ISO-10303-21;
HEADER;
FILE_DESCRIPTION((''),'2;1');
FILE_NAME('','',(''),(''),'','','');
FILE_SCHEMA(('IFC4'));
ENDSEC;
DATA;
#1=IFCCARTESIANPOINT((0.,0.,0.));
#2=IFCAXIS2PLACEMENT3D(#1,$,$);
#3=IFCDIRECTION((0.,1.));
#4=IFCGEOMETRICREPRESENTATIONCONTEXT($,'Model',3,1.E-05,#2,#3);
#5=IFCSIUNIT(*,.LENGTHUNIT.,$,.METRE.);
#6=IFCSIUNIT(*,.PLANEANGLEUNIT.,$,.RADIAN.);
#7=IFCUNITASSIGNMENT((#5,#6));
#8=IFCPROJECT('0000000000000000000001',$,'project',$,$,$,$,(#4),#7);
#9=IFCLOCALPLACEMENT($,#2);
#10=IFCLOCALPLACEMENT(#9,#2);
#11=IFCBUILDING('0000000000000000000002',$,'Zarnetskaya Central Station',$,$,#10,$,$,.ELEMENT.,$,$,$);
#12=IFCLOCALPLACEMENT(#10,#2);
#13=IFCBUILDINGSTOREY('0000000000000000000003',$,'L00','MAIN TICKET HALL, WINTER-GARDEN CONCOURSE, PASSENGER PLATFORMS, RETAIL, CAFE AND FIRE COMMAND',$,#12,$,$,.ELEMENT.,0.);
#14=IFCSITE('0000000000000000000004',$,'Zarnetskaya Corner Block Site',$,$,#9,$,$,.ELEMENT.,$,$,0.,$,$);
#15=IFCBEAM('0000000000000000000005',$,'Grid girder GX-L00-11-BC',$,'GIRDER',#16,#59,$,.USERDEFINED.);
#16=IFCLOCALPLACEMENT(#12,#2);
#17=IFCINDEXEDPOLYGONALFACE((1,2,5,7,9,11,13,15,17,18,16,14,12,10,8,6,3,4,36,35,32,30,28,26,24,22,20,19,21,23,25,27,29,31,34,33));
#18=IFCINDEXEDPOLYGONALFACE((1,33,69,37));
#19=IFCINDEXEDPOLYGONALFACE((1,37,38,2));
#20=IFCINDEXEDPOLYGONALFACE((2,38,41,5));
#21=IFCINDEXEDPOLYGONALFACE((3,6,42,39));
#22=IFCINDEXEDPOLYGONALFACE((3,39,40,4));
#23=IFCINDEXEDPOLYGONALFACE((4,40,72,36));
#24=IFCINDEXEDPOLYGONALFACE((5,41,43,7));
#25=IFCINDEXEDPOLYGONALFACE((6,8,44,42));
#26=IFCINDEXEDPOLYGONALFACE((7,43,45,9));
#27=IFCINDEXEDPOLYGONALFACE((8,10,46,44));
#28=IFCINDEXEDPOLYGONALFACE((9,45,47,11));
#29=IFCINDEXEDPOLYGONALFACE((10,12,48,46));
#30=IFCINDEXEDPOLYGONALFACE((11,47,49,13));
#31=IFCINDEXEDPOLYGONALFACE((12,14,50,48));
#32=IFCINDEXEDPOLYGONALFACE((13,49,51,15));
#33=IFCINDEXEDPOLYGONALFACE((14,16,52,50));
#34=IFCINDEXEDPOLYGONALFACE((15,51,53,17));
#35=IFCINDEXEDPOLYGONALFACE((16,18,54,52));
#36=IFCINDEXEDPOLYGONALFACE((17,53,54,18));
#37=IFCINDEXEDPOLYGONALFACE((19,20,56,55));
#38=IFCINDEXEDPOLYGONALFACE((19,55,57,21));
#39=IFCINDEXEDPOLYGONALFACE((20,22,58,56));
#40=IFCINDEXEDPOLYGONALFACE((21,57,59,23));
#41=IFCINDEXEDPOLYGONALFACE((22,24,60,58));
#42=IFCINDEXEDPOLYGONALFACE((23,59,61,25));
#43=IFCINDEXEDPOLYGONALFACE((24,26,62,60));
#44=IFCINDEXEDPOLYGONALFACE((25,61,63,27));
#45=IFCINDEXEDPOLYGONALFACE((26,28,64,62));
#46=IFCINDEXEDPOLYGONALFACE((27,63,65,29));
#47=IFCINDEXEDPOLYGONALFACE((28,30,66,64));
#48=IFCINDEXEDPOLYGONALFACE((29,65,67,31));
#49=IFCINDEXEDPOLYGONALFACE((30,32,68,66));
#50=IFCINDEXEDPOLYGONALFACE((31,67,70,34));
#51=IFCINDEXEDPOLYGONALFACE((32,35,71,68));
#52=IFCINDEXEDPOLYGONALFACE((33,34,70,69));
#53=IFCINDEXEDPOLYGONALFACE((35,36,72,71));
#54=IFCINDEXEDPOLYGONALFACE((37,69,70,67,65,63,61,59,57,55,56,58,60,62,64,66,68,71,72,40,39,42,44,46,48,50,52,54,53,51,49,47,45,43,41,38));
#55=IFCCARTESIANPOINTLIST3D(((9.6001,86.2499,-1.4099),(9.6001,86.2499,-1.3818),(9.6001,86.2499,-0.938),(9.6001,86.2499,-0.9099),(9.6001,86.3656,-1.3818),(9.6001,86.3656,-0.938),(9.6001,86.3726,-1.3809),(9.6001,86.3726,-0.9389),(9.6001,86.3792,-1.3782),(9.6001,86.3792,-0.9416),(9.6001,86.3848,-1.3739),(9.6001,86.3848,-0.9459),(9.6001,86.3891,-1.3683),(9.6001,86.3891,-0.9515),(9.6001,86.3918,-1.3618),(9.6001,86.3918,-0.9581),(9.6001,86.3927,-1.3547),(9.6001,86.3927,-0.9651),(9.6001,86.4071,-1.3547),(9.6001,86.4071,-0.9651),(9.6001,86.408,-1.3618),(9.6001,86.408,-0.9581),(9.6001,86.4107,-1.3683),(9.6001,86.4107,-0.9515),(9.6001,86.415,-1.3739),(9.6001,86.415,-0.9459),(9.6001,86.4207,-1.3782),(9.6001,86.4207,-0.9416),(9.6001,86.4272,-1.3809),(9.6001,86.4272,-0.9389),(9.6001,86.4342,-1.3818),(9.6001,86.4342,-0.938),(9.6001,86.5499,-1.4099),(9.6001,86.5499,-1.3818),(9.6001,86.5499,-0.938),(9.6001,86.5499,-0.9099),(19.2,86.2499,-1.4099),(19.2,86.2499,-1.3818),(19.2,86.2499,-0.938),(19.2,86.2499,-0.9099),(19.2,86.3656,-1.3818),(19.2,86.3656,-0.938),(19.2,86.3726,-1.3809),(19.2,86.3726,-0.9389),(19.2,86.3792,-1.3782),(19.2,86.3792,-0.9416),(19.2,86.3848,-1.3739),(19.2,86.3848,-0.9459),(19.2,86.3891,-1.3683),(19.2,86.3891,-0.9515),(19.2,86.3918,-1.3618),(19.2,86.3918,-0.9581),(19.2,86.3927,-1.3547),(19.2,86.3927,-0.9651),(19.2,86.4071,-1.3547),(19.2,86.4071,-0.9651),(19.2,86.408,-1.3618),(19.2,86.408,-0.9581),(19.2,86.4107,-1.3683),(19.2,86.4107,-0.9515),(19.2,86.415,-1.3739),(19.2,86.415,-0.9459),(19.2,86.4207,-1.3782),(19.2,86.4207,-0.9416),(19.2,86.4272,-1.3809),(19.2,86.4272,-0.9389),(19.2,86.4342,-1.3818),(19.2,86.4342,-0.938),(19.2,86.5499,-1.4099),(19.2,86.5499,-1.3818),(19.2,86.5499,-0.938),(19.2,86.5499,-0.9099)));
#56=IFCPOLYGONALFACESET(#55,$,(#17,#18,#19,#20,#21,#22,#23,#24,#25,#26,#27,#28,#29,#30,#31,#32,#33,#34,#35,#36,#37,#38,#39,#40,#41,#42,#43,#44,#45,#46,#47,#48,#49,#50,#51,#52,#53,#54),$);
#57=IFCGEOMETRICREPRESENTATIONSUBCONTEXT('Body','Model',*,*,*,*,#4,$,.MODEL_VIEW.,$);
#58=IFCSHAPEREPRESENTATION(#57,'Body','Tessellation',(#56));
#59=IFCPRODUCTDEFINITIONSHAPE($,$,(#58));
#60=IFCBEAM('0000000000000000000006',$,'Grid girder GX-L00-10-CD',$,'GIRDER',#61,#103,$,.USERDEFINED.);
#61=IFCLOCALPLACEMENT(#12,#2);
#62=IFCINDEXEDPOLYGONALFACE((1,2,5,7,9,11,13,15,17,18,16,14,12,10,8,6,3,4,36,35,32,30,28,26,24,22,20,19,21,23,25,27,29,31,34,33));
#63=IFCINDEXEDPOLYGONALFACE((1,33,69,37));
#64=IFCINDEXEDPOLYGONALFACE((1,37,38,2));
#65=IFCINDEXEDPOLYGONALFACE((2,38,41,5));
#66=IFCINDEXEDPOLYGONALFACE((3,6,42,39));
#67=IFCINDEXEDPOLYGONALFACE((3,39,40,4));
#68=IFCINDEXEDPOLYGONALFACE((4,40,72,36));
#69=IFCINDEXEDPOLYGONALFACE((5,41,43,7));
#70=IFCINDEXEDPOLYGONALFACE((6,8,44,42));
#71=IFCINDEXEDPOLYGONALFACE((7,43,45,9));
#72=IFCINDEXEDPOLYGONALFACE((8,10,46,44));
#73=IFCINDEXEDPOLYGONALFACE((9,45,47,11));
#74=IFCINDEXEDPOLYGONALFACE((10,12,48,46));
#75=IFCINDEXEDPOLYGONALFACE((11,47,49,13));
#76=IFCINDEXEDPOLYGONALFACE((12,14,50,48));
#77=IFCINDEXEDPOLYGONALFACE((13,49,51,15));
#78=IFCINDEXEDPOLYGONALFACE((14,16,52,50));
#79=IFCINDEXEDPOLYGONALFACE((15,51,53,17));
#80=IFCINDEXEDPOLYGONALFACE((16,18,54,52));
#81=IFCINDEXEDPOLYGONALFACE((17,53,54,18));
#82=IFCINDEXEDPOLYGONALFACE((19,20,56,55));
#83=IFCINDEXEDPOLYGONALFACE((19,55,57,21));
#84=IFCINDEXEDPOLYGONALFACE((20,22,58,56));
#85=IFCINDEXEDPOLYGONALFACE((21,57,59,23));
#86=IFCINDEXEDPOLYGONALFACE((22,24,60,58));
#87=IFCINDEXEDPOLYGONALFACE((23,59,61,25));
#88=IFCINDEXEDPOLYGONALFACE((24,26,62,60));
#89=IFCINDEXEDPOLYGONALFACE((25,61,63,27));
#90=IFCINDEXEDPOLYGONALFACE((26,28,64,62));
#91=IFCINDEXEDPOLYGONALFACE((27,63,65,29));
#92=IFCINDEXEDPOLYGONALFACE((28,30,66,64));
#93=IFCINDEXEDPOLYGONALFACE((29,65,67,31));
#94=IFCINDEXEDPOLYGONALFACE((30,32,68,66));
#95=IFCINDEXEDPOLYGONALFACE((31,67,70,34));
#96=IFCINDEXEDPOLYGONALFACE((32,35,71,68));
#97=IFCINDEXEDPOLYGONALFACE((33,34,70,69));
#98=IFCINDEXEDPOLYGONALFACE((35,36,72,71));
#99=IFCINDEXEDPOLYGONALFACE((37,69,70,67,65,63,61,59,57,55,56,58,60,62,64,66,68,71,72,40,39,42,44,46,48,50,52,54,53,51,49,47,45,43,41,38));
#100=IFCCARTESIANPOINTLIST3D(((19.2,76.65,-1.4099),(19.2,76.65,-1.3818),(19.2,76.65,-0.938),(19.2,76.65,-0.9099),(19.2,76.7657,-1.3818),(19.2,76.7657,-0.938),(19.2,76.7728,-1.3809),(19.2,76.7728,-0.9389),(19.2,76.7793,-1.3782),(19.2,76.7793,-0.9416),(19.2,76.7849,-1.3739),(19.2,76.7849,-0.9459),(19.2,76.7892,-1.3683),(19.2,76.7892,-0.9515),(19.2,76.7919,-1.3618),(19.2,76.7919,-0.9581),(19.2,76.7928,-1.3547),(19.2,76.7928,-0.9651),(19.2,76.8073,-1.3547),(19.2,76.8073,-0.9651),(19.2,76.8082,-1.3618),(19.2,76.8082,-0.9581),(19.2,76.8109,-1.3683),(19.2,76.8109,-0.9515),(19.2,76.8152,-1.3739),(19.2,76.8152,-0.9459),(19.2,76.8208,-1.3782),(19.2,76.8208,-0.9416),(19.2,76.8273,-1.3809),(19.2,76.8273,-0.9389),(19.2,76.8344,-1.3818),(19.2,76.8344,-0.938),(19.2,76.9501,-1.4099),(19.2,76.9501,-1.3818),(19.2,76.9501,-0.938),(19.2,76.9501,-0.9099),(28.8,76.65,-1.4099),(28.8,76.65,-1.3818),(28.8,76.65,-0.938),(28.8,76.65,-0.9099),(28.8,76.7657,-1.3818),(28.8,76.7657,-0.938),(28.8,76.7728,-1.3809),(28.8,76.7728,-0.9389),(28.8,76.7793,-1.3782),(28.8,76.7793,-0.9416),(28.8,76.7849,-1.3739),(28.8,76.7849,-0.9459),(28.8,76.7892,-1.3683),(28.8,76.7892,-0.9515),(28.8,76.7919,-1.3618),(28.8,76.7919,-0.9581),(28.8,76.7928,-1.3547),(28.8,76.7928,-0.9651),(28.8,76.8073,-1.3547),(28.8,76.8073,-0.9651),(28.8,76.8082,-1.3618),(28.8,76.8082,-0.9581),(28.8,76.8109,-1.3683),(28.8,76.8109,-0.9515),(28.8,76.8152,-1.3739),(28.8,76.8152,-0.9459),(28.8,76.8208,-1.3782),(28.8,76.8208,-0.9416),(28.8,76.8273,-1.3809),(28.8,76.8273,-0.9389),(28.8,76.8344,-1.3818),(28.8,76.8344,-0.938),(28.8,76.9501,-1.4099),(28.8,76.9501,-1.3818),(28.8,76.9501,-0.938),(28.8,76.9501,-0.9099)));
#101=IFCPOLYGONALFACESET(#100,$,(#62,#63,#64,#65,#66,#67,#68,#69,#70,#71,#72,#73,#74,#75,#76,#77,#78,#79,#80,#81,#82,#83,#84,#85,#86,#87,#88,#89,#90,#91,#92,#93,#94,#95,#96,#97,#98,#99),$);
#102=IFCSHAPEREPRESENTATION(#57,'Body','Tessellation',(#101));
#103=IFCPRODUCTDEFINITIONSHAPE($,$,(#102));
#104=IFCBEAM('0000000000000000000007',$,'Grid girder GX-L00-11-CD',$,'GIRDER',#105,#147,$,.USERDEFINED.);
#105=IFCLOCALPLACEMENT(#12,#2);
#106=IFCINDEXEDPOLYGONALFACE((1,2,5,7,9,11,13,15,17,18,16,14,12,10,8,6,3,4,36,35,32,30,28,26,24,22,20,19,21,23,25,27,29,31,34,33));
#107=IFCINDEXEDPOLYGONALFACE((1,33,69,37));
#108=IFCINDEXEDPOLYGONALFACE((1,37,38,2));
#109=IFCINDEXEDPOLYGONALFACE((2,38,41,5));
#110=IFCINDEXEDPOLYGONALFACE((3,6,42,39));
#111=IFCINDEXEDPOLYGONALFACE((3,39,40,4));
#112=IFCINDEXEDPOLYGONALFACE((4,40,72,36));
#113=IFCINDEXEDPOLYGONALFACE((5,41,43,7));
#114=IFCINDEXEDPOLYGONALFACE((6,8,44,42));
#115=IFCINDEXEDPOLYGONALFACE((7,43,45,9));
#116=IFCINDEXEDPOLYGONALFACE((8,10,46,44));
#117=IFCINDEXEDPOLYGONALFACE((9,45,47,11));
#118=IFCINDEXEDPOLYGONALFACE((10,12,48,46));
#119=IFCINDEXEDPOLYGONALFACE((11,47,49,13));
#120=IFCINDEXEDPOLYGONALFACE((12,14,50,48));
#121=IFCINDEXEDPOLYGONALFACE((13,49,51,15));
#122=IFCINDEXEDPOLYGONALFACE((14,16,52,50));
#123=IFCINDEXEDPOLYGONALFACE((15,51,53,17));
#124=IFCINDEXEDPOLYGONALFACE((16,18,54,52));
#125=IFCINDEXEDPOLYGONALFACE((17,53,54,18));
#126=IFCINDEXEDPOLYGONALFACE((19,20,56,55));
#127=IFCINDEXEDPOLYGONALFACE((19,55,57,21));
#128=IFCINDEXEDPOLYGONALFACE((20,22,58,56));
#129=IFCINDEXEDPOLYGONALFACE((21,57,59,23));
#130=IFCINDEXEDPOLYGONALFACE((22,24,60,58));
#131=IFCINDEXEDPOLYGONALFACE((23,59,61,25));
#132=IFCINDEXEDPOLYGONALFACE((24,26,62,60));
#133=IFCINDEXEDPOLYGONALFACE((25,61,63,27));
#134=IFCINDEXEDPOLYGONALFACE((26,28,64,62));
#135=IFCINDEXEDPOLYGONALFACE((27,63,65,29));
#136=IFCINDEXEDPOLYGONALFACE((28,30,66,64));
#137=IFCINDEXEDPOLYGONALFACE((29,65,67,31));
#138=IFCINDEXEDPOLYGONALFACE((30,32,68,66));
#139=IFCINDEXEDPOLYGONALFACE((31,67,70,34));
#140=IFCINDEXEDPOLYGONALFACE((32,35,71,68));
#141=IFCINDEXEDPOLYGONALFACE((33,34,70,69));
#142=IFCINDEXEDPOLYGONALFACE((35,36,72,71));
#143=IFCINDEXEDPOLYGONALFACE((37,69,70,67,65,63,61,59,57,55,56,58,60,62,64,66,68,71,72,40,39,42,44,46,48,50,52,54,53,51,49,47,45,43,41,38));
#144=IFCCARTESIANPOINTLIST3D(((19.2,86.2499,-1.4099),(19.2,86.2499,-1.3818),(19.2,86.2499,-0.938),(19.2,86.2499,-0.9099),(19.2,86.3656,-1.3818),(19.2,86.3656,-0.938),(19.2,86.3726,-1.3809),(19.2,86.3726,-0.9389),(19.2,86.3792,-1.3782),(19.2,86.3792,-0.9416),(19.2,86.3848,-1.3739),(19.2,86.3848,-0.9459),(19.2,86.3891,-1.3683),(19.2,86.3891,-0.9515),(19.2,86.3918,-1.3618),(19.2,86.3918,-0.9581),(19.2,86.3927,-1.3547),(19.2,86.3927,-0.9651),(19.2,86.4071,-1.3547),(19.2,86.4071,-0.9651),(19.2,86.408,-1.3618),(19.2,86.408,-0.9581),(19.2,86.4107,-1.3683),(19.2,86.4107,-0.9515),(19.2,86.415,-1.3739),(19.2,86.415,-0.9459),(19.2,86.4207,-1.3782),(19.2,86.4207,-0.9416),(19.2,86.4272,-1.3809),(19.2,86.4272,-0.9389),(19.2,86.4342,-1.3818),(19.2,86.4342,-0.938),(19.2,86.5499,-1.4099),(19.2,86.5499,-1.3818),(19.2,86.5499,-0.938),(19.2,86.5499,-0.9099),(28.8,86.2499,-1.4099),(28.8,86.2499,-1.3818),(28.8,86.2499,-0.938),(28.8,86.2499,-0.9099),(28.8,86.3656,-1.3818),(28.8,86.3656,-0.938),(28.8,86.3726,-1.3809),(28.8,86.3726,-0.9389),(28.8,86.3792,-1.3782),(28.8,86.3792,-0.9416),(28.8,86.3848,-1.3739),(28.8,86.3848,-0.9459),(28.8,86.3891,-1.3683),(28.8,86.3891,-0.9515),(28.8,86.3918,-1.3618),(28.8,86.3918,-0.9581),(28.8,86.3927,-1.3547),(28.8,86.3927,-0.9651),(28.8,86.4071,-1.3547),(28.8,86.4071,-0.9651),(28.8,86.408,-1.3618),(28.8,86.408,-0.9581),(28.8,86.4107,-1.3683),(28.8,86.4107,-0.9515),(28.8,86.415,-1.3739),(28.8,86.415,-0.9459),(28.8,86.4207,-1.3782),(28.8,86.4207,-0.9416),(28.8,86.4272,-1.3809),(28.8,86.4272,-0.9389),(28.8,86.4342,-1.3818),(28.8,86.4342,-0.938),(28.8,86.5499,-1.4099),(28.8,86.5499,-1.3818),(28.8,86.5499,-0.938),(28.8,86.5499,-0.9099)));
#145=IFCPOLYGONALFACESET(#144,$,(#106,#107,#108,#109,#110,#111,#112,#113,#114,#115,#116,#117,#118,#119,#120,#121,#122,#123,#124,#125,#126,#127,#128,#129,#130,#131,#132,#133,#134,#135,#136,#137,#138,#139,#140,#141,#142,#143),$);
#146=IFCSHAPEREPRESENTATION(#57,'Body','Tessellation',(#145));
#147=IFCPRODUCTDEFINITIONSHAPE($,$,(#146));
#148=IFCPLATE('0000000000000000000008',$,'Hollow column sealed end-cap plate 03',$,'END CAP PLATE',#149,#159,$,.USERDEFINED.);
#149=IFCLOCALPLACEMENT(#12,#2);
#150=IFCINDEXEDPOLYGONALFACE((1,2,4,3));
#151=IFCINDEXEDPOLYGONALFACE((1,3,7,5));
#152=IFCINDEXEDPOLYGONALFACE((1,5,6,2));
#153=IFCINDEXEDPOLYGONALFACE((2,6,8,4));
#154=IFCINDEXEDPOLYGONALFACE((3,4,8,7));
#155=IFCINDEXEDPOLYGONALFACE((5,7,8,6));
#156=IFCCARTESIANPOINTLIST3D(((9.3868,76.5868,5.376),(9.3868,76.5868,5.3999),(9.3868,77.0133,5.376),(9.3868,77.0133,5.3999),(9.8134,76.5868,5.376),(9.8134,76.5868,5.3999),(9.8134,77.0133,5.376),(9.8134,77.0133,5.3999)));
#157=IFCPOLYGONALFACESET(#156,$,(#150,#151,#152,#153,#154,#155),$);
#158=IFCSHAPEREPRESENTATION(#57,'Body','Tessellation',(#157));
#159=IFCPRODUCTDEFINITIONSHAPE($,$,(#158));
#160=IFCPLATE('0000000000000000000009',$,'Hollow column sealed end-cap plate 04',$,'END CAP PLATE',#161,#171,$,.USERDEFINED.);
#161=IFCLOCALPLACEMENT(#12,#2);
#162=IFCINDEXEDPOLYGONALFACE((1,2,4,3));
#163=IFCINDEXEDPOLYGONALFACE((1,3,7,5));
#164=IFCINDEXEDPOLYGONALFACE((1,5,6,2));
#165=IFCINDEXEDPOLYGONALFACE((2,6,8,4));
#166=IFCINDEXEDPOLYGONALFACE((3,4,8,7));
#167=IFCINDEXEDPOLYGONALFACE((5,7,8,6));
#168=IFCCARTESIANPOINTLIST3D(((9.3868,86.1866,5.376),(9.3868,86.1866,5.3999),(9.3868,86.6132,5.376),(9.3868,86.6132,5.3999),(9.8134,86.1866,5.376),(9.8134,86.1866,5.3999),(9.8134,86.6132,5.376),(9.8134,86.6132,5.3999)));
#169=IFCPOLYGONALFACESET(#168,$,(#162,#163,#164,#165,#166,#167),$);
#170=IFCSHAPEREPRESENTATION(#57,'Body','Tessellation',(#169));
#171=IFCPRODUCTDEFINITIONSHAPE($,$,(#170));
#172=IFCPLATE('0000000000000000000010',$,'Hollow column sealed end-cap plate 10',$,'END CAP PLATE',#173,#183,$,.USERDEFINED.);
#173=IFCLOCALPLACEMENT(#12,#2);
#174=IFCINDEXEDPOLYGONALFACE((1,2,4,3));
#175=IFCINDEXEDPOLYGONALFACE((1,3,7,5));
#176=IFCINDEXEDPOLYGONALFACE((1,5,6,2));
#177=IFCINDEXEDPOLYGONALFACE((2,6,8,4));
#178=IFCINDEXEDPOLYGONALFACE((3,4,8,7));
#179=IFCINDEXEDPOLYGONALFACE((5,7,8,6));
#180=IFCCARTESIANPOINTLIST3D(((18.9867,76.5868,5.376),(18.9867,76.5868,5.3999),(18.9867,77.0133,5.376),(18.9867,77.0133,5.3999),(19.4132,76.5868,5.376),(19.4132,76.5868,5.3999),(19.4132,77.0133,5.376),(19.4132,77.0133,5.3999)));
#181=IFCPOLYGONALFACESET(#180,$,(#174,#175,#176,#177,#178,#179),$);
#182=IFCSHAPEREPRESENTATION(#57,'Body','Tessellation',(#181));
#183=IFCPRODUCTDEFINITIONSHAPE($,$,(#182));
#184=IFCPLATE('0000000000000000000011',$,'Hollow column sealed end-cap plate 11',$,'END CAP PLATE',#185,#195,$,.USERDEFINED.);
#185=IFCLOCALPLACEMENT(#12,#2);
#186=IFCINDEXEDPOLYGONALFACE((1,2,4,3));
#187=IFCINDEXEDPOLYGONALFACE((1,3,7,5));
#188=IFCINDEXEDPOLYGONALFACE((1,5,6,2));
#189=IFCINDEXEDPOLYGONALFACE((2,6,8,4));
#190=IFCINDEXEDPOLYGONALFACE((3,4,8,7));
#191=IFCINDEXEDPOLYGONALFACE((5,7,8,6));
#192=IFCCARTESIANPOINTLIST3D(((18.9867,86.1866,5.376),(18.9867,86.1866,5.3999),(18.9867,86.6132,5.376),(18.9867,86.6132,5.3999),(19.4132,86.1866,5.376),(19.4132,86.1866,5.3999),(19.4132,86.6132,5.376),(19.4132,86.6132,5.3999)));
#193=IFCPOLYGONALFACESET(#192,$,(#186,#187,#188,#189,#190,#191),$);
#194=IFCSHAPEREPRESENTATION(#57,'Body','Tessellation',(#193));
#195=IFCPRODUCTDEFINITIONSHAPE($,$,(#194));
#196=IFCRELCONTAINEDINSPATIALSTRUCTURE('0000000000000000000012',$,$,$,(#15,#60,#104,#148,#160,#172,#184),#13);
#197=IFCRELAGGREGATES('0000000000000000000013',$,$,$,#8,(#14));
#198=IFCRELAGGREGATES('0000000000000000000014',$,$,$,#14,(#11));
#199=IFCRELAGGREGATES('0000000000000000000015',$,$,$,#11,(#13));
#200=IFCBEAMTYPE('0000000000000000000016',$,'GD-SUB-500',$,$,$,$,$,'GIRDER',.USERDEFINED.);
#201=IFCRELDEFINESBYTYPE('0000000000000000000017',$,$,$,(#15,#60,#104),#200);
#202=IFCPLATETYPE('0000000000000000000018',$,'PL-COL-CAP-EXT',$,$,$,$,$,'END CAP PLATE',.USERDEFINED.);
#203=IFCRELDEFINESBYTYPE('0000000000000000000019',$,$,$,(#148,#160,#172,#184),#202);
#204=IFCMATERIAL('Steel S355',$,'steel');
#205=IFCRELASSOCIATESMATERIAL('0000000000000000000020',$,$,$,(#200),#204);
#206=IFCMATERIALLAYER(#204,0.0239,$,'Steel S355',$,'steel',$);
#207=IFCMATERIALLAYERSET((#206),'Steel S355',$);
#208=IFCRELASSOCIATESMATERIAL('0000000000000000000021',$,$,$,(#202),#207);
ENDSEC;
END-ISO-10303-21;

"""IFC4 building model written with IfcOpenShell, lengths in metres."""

from ifc_helpers import new_model, si_unit, direction, frame, origin, origin_2d, place, context, subcontext, project, spatial, rectangle, i_section, extrude, material, layer, layer_set, material_profile, profile_set, type_object, element, save


model = new_model("IFC4")

# Units and contexts
model_context = context("Model", 3, precision=1e-05, world=origin(), true_north=direction((0.0, 1.0)))
body_context = subcontext(model_context, "Body", "Model", "MODEL_VIEW")
ifc_project = project(units=[si_unit("LENGTHUNIT", "METRE"), si_unit("PLANEANGLEUNIT", "RADIAN")], contexts=[model_context])

# Site, building, storey
site_placement = place(None, origin())
site = spatial("IfcSite", under=ifc_project, at=site_placement, Name="Zarnetskaya Corner Block Site", CompositionType="ELEMENT", RefElevation=0.0)
building_placement = place(site_placement, origin())
building = spatial("IfcBuilding", under=site, at=building_placement, Name="Zarnetskaya Central Station", CompositionType="ELEMENT")
storey_placement = place(building_placement, origin())
storey = spatial("IfcBuildingStorey", under=building, at=storey_placement, Name="L00", Description="MAIN TICKET HALL, WINTER-GARDEN CONCOURSE, PASSENGER PLATFORMS, RETAIL, CAFE AND FIRE COMMAND", CompositionType="ELEMENT", Elevation=0.0)

# Shared definitions
ifc_material = material(Name="Steel S355", Category="steel")

# Beams
ifc_material_profile_1 = material_profile(ifc_material, i_section(OverallWidth=0.3, OverallDepth=0.5, WebThickness=0.0144, FlangeThickness=0.0281, FilletRadius=0.0271, at=origin_2d()), Name="HEB 500")
ifc_profile_set_1 = profile_set([ifc_material_profile_1], Name="Steel S355")
beam_type_1 = type_object("IfcBeamType", Name="GD-SUB-500", ElementType="GIRDER", PredefinedType="USERDEFINED", material=ifc_profile_set_1)
for number, where, z_axis, x_axis, name in (
    (1, (9.6001, 86.3999, -1.1599), (1.0, 0.0, 0.0), (0.0, 1.0, 0.0), "Grid girder GX-L00-11-BC"),
):
    element("IfcBeam", number, at=place(storey_placement, frame(where, z_axis=z_axis, x_axis=x_axis)), inside=storey, type_object=beam_type_1, Name=name, ObjectType="GIRDER", PredefinedType="USERDEFINED", context=body_context, shape_type="SweptSolid", body=[
        extrude(i_section(OverallWidth=0.3, OverallDepth=0.5, WebThickness=0.0144, FlangeThickness=0.0281, FilletRadius=0.0271, at=origin_2d()), origin(), (0.0, 0.0, 1.0), 9.5999),
    ])
for number, where, z_axis, x_axis, name in (
    (2, (19.2, 76.8, -1.1599), (1.0, 0.0, 0.0), (0.0, 1.0, 0.0), "Grid girder GX-L00-10-CD"),
    (3, (19.2, 86.3999, -1.1599), (1.0, 0.0, 0.0), (0.0, 1.0, 0.0), "Grid girder GX-L00-11-CD"),
):
    element("IfcBeam", number, at=place(storey_placement, frame(where, z_axis=z_axis, x_axis=x_axis)), inside=storey, type_object=beam_type_1, Name=name, ObjectType="GIRDER", PredefinedType="USERDEFINED", context=body_context, shape_type="SweptSolid", body=[
        extrude(i_section(OverallWidth=0.3, OverallDepth=0.5, WebThickness=0.0144, FlangeThickness=0.0281, FilletRadius=0.0271, at=origin_2d()), origin(), (0.0, 0.0, 1.0), 9.6001),
    ])

# Plates
ifc_layer = layer(ifc_material, 0.0239, Name="Steel S355", Category="steel")
ifc_layer_set = layer_set([ifc_layer], Name="Steel S355")
plate_type = type_object("IfcPlateType", Name="PL-COL-CAP-EXT", ElementType="END CAP PLATE", PredefinedType="USERDEFINED", material=ifc_layer_set)
for number, where, z_axis, x_axis, name in (
    (4, (9.6001, 76.8, 5.376), (0.0, 0.0, 1.0), (1.0, 0.0, 0.0), "Hollow column sealed end-cap plate 03"),
    (5, (9.6001, 86.3999, 5.376), (0.0, 0.0, 1.0), (1.0, 0.0, 0.0), "Hollow column sealed end-cap plate 04"),
    (6, (19.2, 76.8, 5.376), (0.0, 0.0, 1.0), (1.0, 0.0, 0.0), "Hollow column sealed end-cap plate 10"),
    (7, (19.2, 86.3999, 5.376), (0.0, 0.0, 1.0), (1.0, 0.0, 0.0), "Hollow column sealed end-cap plate 11"),
):
    element("IfcPlate", number, at=place(storey_placement, frame(where, z_axis=z_axis, x_axis=x_axis)), inside=storey, type_object=plate_type, Name=name, ObjectType="END CAP PLATE", PredefinedType="USERDEFINED", context=body_context, shape_type="SweptSolid", body=[
        extrude(rectangle(XDim=0.4265, YDim=0.4265, at=origin_2d()), origin(), (0.0, 0.0, 1.0), 0.0239),
    ])

save(model, "model.ifc")
